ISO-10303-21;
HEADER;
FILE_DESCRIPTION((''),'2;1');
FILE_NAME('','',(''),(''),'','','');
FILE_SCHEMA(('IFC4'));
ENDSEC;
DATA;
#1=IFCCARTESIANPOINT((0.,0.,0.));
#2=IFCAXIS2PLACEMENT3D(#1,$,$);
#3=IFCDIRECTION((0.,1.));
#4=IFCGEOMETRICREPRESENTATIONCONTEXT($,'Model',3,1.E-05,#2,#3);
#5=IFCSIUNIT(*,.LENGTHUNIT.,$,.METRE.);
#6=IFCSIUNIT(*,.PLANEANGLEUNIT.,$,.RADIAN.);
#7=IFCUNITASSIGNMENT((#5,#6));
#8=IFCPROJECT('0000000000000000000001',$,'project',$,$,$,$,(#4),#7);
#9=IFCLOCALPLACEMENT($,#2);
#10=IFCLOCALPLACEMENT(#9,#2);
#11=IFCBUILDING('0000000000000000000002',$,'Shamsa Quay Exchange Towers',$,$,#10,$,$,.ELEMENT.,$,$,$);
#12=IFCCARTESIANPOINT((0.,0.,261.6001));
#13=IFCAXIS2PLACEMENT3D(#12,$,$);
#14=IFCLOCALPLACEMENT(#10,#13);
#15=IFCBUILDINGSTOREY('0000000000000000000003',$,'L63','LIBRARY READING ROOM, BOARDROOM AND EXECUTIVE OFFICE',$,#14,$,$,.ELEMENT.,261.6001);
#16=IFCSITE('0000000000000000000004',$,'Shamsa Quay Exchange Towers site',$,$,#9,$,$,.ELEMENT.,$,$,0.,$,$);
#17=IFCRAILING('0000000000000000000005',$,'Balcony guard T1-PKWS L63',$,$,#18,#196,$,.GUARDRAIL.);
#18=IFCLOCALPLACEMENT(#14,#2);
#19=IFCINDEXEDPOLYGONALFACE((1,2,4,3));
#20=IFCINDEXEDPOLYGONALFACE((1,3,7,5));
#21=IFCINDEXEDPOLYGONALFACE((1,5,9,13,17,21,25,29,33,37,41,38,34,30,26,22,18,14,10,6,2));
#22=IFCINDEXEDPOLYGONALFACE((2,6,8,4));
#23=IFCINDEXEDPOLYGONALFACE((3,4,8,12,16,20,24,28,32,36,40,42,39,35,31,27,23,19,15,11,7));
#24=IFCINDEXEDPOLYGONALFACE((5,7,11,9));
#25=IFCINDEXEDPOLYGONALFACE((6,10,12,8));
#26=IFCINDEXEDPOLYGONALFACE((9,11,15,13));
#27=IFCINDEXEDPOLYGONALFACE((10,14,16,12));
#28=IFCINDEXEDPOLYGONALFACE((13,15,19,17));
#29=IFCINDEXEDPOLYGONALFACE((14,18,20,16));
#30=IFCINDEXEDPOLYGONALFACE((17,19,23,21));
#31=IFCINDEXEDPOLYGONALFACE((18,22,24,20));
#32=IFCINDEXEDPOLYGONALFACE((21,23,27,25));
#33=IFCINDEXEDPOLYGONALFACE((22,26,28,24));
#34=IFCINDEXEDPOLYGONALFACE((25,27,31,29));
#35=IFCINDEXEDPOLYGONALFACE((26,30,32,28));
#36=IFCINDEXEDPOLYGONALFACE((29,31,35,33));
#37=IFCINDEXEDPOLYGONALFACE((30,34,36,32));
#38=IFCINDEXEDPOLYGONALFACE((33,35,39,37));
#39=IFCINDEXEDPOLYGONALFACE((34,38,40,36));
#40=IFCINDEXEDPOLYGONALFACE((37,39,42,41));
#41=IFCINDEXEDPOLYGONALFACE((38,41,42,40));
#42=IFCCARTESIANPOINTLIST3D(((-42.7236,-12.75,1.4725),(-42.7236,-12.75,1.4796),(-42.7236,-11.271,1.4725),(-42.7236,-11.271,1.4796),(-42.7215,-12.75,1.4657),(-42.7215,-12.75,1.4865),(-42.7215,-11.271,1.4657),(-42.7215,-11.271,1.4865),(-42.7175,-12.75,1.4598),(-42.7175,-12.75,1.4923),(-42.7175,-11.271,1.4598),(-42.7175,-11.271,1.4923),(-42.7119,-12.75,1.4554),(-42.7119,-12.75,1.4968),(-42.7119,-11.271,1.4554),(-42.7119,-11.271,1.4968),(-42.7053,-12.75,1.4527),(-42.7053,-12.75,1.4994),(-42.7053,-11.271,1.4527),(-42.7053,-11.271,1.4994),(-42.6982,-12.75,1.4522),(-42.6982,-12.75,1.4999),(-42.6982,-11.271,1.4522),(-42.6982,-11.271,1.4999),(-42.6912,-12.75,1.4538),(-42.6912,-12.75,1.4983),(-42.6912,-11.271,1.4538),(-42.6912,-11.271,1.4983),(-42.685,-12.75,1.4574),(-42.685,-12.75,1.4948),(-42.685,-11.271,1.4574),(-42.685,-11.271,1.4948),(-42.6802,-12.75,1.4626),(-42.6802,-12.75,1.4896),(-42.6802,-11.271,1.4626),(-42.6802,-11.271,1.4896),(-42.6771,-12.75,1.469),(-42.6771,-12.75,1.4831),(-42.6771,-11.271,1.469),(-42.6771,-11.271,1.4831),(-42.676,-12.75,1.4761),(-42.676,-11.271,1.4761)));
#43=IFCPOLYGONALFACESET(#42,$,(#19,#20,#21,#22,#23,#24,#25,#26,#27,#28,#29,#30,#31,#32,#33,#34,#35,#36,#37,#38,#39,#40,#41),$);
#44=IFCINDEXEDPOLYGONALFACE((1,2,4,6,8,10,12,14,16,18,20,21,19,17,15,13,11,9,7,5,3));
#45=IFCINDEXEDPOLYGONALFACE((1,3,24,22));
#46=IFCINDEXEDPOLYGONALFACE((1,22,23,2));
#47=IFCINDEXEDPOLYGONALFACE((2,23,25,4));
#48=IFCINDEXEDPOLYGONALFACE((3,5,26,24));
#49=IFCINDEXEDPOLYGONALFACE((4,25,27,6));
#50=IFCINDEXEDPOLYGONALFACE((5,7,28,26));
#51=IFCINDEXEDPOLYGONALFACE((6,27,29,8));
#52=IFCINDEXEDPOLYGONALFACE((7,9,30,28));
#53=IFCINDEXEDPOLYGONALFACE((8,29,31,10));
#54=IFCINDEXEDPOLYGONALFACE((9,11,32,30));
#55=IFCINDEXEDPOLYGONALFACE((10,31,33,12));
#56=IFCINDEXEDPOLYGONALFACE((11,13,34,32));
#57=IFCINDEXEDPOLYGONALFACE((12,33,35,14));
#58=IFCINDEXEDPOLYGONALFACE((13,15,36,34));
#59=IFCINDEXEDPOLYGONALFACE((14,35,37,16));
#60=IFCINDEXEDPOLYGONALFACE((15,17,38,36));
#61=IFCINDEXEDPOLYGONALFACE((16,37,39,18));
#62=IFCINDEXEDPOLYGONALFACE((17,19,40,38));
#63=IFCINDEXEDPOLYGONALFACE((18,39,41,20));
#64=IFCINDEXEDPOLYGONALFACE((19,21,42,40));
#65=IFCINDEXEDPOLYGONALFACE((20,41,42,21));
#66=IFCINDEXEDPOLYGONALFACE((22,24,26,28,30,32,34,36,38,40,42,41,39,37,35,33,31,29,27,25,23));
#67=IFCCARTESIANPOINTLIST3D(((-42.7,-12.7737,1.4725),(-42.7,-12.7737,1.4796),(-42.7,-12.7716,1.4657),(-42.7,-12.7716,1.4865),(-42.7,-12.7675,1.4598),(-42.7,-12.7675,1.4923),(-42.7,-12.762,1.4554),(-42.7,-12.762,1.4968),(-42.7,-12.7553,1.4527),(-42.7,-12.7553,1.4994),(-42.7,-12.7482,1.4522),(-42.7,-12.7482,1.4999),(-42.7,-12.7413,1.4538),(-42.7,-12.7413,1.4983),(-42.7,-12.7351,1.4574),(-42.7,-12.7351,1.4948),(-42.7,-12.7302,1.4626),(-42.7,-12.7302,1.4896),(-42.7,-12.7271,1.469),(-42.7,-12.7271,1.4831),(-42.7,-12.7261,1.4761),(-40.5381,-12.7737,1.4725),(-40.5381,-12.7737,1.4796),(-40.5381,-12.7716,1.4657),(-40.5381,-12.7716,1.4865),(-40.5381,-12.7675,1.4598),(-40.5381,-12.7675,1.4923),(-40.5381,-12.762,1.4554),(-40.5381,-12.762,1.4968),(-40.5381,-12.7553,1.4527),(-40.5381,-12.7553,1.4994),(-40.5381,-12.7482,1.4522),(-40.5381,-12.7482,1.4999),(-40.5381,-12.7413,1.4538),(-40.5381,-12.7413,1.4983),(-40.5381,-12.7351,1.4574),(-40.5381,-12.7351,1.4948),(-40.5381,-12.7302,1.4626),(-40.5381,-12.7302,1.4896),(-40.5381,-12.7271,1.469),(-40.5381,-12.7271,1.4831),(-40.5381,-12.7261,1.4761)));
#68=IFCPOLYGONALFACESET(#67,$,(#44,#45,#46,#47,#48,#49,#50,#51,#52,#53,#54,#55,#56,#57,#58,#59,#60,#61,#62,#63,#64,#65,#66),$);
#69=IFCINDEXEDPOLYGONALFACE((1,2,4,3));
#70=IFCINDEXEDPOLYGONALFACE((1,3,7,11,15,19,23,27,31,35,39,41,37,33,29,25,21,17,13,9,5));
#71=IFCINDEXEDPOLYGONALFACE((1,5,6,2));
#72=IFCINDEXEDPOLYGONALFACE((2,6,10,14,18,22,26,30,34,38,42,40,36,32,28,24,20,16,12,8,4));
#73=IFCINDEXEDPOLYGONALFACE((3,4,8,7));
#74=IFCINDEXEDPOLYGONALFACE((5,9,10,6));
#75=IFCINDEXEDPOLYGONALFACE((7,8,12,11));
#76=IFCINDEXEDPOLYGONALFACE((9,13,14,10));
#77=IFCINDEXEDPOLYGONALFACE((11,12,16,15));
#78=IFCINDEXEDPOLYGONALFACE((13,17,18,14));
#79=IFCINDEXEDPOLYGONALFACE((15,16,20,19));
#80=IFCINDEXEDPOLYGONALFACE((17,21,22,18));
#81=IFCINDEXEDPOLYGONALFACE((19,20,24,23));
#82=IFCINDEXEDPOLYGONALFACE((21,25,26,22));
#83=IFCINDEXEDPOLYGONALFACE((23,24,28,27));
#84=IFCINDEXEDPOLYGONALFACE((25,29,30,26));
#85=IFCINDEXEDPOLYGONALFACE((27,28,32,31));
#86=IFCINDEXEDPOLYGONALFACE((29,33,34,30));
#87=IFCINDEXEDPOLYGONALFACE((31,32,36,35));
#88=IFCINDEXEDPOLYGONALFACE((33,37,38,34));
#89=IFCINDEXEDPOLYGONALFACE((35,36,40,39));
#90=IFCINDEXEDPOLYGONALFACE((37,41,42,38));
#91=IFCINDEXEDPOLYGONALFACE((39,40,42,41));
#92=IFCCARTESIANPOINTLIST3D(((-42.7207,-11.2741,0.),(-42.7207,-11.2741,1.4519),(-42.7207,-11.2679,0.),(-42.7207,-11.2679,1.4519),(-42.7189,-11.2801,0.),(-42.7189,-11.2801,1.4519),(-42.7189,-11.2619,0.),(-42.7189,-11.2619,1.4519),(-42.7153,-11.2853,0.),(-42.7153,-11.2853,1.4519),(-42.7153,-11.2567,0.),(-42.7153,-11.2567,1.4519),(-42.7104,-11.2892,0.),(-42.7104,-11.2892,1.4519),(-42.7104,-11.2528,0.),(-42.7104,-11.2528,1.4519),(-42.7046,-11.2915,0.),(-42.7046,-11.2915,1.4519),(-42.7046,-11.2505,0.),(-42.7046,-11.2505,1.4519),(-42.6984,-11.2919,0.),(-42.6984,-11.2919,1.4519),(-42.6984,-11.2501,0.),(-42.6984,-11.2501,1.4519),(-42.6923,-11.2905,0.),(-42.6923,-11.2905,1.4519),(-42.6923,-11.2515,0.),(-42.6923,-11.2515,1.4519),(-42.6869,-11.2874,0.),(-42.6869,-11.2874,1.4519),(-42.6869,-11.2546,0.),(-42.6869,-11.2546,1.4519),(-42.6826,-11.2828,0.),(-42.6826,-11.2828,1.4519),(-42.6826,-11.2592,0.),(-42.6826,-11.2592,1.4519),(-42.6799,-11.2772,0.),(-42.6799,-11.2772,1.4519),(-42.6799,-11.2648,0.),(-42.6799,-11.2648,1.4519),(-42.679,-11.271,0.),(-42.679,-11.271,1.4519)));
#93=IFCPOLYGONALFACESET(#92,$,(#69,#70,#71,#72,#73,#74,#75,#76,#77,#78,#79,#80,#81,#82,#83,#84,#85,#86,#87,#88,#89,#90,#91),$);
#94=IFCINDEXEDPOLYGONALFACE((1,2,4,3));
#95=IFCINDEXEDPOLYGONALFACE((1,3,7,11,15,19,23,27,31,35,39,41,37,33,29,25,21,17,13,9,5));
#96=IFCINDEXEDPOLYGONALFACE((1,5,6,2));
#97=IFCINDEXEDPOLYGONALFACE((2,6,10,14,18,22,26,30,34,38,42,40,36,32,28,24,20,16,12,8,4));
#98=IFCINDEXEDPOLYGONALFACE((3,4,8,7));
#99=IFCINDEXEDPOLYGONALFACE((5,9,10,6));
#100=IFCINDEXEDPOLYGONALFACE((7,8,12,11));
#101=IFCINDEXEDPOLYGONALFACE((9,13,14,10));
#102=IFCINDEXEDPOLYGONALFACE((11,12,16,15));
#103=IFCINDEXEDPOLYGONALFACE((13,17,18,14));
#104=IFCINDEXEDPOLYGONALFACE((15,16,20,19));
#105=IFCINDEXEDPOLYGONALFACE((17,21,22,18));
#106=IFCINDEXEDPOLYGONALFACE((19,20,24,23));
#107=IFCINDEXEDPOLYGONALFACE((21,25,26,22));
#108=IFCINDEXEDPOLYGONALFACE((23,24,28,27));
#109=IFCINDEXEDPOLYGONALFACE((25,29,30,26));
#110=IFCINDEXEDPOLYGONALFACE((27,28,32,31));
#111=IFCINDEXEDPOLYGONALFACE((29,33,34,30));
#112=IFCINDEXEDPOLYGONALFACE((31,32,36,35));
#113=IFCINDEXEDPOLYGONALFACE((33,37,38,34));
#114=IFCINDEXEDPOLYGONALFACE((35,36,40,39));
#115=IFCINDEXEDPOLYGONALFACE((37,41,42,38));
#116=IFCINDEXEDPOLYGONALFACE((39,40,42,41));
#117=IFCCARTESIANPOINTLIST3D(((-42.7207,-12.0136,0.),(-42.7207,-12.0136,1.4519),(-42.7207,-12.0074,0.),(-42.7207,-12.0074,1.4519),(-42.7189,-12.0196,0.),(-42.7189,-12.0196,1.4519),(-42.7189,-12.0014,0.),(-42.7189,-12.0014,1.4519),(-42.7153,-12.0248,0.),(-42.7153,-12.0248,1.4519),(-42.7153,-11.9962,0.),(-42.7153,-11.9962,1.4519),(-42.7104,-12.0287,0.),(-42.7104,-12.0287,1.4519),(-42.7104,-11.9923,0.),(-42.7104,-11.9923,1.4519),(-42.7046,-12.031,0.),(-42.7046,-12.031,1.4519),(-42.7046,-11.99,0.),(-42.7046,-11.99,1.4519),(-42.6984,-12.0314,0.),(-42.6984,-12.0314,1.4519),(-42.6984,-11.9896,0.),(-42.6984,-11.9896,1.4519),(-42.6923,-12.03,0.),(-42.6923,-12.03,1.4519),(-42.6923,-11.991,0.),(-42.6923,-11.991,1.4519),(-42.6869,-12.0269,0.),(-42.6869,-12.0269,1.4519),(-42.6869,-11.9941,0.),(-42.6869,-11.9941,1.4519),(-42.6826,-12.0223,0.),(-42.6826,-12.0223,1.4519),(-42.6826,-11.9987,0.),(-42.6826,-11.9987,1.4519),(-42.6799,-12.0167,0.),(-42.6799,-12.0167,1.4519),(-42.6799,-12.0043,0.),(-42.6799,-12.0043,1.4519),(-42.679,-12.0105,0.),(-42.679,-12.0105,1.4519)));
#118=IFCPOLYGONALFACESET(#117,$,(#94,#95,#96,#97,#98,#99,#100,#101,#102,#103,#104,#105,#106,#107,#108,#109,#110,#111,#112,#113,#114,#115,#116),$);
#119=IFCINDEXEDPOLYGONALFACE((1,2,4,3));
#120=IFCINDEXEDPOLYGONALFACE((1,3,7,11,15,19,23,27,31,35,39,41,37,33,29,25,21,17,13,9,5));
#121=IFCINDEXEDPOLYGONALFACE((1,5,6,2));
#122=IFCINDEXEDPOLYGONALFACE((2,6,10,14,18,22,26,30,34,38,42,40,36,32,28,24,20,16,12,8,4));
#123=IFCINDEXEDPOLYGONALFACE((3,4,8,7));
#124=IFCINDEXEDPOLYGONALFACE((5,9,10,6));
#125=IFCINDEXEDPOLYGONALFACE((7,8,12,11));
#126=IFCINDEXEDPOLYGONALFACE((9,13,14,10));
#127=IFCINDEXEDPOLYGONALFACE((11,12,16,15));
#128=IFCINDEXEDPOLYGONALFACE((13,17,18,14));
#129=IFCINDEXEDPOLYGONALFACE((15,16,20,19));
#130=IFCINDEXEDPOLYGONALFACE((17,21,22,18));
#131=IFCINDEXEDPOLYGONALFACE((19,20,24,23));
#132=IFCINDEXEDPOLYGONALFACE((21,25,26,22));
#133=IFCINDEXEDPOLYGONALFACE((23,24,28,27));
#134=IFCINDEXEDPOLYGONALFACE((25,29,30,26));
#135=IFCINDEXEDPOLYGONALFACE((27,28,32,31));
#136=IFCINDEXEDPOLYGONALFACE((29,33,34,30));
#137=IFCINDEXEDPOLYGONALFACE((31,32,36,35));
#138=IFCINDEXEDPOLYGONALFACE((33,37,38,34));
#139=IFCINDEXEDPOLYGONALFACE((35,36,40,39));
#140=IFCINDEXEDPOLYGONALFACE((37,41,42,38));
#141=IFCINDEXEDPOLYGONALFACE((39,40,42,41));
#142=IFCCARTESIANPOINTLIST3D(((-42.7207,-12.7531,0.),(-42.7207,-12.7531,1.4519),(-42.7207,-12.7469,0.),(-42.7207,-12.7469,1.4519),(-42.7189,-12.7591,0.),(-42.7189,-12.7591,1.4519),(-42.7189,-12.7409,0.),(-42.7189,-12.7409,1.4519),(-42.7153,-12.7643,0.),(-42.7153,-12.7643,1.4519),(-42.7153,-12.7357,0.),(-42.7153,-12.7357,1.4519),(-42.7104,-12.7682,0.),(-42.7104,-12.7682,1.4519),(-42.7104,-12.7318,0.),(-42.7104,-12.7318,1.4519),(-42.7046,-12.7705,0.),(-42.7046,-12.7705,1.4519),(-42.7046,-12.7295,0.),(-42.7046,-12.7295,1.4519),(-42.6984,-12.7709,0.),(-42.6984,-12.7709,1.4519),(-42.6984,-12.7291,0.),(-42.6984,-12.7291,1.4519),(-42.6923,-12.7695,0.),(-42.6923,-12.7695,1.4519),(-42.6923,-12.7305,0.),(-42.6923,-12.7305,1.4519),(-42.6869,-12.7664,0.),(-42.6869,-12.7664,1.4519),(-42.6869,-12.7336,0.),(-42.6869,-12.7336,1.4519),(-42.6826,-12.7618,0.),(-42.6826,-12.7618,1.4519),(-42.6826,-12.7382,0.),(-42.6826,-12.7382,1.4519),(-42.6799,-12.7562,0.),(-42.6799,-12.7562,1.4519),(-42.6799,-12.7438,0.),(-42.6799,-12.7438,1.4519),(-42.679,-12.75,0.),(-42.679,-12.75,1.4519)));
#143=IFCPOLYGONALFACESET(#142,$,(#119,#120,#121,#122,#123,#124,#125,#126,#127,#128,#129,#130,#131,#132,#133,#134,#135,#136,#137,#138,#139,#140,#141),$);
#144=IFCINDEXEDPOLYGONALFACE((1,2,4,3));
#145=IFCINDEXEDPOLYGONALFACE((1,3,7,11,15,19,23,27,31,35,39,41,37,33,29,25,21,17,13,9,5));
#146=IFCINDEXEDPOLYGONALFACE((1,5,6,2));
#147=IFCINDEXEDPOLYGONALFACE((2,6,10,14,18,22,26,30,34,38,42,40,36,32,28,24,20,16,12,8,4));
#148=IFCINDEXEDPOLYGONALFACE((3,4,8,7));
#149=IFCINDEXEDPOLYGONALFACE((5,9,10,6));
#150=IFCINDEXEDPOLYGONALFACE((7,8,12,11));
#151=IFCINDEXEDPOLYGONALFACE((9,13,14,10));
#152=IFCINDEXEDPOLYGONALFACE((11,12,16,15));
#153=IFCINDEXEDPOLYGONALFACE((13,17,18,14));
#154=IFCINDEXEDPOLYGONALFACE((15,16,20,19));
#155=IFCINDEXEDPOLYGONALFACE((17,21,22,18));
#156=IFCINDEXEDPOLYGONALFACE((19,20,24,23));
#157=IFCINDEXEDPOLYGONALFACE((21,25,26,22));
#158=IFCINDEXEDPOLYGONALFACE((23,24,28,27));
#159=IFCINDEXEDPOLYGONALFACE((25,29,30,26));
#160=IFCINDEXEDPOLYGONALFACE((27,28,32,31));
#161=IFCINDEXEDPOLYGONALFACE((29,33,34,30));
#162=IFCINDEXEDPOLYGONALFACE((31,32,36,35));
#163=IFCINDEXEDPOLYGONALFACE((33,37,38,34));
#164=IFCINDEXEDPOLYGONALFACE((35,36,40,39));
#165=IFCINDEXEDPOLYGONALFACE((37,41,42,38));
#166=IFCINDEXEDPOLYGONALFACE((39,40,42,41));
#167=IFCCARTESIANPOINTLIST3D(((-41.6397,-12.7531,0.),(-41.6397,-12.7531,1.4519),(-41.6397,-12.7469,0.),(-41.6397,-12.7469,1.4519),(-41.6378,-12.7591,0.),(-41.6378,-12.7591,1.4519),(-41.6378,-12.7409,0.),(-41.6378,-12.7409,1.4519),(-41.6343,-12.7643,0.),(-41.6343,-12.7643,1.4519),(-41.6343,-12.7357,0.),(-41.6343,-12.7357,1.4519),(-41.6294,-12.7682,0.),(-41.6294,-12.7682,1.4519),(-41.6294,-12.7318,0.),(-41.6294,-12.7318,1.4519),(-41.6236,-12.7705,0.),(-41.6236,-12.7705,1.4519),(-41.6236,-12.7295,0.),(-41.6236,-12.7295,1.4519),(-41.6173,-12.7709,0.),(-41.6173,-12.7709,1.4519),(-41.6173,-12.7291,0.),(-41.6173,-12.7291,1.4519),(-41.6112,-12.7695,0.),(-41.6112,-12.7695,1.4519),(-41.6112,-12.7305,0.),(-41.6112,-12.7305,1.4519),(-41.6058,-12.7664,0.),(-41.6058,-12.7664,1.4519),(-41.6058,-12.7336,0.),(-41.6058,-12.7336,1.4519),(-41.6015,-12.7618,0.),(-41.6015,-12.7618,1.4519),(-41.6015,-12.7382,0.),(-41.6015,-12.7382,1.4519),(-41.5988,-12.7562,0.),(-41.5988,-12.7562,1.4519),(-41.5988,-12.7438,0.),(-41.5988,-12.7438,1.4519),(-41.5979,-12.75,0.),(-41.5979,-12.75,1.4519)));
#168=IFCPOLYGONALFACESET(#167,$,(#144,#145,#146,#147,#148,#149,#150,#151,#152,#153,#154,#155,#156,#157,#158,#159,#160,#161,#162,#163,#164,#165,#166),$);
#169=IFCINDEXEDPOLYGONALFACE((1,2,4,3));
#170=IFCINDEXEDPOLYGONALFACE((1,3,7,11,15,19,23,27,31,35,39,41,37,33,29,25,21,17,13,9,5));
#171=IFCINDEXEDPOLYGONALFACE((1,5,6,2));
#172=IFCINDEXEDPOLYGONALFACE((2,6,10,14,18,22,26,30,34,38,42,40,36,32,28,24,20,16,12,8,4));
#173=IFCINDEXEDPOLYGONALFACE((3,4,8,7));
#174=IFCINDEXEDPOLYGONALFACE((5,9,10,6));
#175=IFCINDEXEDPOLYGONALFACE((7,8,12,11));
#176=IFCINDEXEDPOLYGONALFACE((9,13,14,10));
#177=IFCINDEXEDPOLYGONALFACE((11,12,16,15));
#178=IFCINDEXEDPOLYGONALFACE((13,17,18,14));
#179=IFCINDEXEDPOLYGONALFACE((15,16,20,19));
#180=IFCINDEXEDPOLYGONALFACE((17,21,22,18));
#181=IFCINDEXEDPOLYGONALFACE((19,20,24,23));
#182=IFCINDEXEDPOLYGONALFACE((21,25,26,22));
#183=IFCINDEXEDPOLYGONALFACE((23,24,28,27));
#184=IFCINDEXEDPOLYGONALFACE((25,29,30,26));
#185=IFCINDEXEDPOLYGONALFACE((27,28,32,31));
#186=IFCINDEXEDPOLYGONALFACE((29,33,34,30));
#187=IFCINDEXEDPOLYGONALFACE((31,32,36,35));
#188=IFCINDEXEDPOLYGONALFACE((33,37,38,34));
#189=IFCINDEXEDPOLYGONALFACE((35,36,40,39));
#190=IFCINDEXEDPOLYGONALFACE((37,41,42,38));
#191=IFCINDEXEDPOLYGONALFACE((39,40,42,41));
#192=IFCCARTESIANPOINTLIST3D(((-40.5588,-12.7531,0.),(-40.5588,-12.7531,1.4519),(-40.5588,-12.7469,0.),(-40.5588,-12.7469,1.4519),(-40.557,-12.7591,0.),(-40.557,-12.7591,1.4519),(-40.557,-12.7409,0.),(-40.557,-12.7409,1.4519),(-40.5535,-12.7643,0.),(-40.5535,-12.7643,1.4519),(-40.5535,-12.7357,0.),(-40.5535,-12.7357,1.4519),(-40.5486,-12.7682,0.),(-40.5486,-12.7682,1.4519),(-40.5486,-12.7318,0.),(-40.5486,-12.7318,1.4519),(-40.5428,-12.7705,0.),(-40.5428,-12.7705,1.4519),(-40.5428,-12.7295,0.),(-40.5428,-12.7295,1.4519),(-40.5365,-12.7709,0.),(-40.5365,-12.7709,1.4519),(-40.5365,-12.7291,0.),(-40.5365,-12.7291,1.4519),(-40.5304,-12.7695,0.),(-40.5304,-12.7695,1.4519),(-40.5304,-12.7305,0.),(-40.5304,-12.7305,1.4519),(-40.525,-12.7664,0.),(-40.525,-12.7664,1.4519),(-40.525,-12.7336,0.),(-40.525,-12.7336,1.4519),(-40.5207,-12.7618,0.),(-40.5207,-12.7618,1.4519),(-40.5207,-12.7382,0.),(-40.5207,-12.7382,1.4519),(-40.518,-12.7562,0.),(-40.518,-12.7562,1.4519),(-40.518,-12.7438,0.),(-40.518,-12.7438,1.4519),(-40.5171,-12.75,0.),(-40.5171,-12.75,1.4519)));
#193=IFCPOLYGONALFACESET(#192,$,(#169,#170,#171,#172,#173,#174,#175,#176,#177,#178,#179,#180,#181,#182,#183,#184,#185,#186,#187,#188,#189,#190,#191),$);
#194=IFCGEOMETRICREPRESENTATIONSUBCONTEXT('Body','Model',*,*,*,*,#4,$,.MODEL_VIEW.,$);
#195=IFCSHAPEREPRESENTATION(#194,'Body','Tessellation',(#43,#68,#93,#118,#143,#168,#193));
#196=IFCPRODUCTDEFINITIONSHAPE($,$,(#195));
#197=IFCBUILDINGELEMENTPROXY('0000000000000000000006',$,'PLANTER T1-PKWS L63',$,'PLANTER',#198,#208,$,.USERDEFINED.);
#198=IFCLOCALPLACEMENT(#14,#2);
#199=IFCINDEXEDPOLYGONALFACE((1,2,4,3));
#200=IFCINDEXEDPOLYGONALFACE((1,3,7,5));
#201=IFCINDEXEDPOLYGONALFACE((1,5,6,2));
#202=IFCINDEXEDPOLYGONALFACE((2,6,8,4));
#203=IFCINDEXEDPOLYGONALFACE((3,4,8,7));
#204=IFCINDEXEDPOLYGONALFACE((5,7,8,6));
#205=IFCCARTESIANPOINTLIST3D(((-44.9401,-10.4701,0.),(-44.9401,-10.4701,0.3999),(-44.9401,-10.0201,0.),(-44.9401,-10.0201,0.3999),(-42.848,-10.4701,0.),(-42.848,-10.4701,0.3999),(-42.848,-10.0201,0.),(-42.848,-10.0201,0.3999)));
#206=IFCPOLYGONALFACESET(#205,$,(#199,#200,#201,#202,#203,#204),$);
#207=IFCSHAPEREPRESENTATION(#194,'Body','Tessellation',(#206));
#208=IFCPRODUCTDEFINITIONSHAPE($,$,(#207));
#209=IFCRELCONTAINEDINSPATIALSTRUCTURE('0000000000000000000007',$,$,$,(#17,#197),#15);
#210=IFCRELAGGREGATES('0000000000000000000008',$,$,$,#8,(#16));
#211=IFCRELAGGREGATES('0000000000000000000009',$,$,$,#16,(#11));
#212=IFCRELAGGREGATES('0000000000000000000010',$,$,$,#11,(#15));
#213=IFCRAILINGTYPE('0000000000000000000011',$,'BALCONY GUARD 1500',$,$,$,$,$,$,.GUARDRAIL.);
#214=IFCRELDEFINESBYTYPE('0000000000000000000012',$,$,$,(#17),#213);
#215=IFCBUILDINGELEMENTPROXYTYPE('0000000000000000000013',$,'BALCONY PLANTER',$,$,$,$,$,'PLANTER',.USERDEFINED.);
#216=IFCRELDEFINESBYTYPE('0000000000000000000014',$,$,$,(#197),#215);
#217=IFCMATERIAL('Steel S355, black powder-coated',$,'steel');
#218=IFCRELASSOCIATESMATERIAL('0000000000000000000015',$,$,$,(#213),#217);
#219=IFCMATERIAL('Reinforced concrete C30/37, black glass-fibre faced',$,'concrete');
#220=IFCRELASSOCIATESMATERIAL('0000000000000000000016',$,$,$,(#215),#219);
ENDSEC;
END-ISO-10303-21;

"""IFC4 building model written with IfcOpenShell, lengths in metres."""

from ifc_helpers import new_model, si_unit, direction, frame, origin, origin_2d, place, context, subcontext, project, spatial, rectangle, circle, extrude, material, type_object, element, save


model = new_model("IFC4")

# Units and contexts
model_context = context("Model", 3, precision=1e-05, world=origin(), true_north=direction((0.0, 1.0)))
body_context = subcontext(model_context, "Body", "Model", "MODEL_VIEW")
ifc_project = project(units=[si_unit("LENGTHUNIT", "METRE"), si_unit("PLANEANGLEUNIT", "RADIAN")], contexts=[model_context])

# Site, building, storey
site_placement = place(None, origin())
site = spatial("IfcSite", under=ifc_project, at=site_placement, Name="Shamsa Quay Exchange Towers site", CompositionType="ELEMENT", RefElevation=0.0)
building_placement = place(site_placement, origin())
building = spatial("IfcBuilding", under=site, at=building_placement, Name="Shamsa Quay Exchange Towers", CompositionType="ELEMENT")
storey_placement = place(building_placement, frame((0.0, 0.0, 261.6001)))
storey = spatial("IfcBuildingStorey", under=building, at=storey_placement, Name="L63", Description="LIBRARY READING ROOM, BOARDROOM AND EXECUTIVE OFFICE", CompositionType="ELEMENT", Elevation=261.6001)

# Railing
ifc_material_1 = material(Name="Steel S355, black powder-coated", Category="steel")
railing_type_1 = type_object("IfcRailingType", Name="BALCONY GUARD 1500", PredefinedType="GUARDRAIL", material=ifc_material_1)
for number, where, name in (
    (1, (-42.7, -11.271, 0.0), "Balcony guard T1-PKWS L63"),
):
    element("IfcRailing", number, at=place(storey_placement, frame(where)), inside=storey, type_object=railing_type_1, Name=name, PredefinedType="GUARDRAIL", context=body_context, shape_type="SweptSolid", body=[
        extrude(circle(Radius=0.0239, at=origin_2d()), frame((0.0, 0.0, 1.4761), z_axis=(0.0, -1.0, 0.0), x_axis=(1.0, 0.0, 0.0)), (0.0, 0.0, 1.0), 1.479),
        extrude(circle(Radius=0.0239, at=origin_2d()), frame((0.0, -1.479, 1.4761), z_axis=(1.0, 0.0, 0.0), x_axis=(0.0, 1.0, 0.0)), (0.0, 0.0, 1.0), 2.1619),
        extrude(circle(Radius=0.021, at=origin_2d()), origin(), (0.0, 0.0, 1.0), 1.4519),
        extrude(circle(Radius=0.021, at=origin_2d()), frame((0.0, -0.7395, 0.0)), (0.0, 0.0, 1.0), 1.4519),
        extrude(circle(Radius=0.021, at=origin_2d()), frame((0.0, -1.479, 0.0)), (0.0, 0.0, 1.0), 1.4519),
        extrude(circle(Radius=0.021, at=origin_2d()), frame((1.0811, -1.479, 0.0)), (0.0, 0.0, 1.0), 1.4519),
        extrude(circle(Radius=0.021, at=origin_2d()), frame((2.1619, -1.479, 0.0)), (0.0, 0.0, 1.0), 1.4519),
    ])

# Building element proxy
ifc_material_2 = material(Name="Reinforced concrete C30/37, black glass-fibre faced", Category="concrete")
building_element_proxy_type = type_object("IfcBuildingElementProxyType", Name="BALCONY PLANTER", ElementType="PLANTER", PredefinedType="USERDEFINED", material=ifc_material_2)
proxy_placement = place(storey_placement, frame((-43.894, -10.2451, 0.0)))
element("IfcBuildingElementProxy", 2, at=proxy_placement, inside=storey, type_object=building_element_proxy_type, Name="PLANTER T1-PKWS L63", ObjectType="PLANTER", PredefinedType="USERDEFINED", context=body_context, shape_type="SweptSolid", body=[
    extrude(rectangle(XDim=2.092, YDim=0.45, at=origin_2d()), origin(), (0.0, 0.0, 1.0), 0.3999),
])

save(model, "model.ifc")
